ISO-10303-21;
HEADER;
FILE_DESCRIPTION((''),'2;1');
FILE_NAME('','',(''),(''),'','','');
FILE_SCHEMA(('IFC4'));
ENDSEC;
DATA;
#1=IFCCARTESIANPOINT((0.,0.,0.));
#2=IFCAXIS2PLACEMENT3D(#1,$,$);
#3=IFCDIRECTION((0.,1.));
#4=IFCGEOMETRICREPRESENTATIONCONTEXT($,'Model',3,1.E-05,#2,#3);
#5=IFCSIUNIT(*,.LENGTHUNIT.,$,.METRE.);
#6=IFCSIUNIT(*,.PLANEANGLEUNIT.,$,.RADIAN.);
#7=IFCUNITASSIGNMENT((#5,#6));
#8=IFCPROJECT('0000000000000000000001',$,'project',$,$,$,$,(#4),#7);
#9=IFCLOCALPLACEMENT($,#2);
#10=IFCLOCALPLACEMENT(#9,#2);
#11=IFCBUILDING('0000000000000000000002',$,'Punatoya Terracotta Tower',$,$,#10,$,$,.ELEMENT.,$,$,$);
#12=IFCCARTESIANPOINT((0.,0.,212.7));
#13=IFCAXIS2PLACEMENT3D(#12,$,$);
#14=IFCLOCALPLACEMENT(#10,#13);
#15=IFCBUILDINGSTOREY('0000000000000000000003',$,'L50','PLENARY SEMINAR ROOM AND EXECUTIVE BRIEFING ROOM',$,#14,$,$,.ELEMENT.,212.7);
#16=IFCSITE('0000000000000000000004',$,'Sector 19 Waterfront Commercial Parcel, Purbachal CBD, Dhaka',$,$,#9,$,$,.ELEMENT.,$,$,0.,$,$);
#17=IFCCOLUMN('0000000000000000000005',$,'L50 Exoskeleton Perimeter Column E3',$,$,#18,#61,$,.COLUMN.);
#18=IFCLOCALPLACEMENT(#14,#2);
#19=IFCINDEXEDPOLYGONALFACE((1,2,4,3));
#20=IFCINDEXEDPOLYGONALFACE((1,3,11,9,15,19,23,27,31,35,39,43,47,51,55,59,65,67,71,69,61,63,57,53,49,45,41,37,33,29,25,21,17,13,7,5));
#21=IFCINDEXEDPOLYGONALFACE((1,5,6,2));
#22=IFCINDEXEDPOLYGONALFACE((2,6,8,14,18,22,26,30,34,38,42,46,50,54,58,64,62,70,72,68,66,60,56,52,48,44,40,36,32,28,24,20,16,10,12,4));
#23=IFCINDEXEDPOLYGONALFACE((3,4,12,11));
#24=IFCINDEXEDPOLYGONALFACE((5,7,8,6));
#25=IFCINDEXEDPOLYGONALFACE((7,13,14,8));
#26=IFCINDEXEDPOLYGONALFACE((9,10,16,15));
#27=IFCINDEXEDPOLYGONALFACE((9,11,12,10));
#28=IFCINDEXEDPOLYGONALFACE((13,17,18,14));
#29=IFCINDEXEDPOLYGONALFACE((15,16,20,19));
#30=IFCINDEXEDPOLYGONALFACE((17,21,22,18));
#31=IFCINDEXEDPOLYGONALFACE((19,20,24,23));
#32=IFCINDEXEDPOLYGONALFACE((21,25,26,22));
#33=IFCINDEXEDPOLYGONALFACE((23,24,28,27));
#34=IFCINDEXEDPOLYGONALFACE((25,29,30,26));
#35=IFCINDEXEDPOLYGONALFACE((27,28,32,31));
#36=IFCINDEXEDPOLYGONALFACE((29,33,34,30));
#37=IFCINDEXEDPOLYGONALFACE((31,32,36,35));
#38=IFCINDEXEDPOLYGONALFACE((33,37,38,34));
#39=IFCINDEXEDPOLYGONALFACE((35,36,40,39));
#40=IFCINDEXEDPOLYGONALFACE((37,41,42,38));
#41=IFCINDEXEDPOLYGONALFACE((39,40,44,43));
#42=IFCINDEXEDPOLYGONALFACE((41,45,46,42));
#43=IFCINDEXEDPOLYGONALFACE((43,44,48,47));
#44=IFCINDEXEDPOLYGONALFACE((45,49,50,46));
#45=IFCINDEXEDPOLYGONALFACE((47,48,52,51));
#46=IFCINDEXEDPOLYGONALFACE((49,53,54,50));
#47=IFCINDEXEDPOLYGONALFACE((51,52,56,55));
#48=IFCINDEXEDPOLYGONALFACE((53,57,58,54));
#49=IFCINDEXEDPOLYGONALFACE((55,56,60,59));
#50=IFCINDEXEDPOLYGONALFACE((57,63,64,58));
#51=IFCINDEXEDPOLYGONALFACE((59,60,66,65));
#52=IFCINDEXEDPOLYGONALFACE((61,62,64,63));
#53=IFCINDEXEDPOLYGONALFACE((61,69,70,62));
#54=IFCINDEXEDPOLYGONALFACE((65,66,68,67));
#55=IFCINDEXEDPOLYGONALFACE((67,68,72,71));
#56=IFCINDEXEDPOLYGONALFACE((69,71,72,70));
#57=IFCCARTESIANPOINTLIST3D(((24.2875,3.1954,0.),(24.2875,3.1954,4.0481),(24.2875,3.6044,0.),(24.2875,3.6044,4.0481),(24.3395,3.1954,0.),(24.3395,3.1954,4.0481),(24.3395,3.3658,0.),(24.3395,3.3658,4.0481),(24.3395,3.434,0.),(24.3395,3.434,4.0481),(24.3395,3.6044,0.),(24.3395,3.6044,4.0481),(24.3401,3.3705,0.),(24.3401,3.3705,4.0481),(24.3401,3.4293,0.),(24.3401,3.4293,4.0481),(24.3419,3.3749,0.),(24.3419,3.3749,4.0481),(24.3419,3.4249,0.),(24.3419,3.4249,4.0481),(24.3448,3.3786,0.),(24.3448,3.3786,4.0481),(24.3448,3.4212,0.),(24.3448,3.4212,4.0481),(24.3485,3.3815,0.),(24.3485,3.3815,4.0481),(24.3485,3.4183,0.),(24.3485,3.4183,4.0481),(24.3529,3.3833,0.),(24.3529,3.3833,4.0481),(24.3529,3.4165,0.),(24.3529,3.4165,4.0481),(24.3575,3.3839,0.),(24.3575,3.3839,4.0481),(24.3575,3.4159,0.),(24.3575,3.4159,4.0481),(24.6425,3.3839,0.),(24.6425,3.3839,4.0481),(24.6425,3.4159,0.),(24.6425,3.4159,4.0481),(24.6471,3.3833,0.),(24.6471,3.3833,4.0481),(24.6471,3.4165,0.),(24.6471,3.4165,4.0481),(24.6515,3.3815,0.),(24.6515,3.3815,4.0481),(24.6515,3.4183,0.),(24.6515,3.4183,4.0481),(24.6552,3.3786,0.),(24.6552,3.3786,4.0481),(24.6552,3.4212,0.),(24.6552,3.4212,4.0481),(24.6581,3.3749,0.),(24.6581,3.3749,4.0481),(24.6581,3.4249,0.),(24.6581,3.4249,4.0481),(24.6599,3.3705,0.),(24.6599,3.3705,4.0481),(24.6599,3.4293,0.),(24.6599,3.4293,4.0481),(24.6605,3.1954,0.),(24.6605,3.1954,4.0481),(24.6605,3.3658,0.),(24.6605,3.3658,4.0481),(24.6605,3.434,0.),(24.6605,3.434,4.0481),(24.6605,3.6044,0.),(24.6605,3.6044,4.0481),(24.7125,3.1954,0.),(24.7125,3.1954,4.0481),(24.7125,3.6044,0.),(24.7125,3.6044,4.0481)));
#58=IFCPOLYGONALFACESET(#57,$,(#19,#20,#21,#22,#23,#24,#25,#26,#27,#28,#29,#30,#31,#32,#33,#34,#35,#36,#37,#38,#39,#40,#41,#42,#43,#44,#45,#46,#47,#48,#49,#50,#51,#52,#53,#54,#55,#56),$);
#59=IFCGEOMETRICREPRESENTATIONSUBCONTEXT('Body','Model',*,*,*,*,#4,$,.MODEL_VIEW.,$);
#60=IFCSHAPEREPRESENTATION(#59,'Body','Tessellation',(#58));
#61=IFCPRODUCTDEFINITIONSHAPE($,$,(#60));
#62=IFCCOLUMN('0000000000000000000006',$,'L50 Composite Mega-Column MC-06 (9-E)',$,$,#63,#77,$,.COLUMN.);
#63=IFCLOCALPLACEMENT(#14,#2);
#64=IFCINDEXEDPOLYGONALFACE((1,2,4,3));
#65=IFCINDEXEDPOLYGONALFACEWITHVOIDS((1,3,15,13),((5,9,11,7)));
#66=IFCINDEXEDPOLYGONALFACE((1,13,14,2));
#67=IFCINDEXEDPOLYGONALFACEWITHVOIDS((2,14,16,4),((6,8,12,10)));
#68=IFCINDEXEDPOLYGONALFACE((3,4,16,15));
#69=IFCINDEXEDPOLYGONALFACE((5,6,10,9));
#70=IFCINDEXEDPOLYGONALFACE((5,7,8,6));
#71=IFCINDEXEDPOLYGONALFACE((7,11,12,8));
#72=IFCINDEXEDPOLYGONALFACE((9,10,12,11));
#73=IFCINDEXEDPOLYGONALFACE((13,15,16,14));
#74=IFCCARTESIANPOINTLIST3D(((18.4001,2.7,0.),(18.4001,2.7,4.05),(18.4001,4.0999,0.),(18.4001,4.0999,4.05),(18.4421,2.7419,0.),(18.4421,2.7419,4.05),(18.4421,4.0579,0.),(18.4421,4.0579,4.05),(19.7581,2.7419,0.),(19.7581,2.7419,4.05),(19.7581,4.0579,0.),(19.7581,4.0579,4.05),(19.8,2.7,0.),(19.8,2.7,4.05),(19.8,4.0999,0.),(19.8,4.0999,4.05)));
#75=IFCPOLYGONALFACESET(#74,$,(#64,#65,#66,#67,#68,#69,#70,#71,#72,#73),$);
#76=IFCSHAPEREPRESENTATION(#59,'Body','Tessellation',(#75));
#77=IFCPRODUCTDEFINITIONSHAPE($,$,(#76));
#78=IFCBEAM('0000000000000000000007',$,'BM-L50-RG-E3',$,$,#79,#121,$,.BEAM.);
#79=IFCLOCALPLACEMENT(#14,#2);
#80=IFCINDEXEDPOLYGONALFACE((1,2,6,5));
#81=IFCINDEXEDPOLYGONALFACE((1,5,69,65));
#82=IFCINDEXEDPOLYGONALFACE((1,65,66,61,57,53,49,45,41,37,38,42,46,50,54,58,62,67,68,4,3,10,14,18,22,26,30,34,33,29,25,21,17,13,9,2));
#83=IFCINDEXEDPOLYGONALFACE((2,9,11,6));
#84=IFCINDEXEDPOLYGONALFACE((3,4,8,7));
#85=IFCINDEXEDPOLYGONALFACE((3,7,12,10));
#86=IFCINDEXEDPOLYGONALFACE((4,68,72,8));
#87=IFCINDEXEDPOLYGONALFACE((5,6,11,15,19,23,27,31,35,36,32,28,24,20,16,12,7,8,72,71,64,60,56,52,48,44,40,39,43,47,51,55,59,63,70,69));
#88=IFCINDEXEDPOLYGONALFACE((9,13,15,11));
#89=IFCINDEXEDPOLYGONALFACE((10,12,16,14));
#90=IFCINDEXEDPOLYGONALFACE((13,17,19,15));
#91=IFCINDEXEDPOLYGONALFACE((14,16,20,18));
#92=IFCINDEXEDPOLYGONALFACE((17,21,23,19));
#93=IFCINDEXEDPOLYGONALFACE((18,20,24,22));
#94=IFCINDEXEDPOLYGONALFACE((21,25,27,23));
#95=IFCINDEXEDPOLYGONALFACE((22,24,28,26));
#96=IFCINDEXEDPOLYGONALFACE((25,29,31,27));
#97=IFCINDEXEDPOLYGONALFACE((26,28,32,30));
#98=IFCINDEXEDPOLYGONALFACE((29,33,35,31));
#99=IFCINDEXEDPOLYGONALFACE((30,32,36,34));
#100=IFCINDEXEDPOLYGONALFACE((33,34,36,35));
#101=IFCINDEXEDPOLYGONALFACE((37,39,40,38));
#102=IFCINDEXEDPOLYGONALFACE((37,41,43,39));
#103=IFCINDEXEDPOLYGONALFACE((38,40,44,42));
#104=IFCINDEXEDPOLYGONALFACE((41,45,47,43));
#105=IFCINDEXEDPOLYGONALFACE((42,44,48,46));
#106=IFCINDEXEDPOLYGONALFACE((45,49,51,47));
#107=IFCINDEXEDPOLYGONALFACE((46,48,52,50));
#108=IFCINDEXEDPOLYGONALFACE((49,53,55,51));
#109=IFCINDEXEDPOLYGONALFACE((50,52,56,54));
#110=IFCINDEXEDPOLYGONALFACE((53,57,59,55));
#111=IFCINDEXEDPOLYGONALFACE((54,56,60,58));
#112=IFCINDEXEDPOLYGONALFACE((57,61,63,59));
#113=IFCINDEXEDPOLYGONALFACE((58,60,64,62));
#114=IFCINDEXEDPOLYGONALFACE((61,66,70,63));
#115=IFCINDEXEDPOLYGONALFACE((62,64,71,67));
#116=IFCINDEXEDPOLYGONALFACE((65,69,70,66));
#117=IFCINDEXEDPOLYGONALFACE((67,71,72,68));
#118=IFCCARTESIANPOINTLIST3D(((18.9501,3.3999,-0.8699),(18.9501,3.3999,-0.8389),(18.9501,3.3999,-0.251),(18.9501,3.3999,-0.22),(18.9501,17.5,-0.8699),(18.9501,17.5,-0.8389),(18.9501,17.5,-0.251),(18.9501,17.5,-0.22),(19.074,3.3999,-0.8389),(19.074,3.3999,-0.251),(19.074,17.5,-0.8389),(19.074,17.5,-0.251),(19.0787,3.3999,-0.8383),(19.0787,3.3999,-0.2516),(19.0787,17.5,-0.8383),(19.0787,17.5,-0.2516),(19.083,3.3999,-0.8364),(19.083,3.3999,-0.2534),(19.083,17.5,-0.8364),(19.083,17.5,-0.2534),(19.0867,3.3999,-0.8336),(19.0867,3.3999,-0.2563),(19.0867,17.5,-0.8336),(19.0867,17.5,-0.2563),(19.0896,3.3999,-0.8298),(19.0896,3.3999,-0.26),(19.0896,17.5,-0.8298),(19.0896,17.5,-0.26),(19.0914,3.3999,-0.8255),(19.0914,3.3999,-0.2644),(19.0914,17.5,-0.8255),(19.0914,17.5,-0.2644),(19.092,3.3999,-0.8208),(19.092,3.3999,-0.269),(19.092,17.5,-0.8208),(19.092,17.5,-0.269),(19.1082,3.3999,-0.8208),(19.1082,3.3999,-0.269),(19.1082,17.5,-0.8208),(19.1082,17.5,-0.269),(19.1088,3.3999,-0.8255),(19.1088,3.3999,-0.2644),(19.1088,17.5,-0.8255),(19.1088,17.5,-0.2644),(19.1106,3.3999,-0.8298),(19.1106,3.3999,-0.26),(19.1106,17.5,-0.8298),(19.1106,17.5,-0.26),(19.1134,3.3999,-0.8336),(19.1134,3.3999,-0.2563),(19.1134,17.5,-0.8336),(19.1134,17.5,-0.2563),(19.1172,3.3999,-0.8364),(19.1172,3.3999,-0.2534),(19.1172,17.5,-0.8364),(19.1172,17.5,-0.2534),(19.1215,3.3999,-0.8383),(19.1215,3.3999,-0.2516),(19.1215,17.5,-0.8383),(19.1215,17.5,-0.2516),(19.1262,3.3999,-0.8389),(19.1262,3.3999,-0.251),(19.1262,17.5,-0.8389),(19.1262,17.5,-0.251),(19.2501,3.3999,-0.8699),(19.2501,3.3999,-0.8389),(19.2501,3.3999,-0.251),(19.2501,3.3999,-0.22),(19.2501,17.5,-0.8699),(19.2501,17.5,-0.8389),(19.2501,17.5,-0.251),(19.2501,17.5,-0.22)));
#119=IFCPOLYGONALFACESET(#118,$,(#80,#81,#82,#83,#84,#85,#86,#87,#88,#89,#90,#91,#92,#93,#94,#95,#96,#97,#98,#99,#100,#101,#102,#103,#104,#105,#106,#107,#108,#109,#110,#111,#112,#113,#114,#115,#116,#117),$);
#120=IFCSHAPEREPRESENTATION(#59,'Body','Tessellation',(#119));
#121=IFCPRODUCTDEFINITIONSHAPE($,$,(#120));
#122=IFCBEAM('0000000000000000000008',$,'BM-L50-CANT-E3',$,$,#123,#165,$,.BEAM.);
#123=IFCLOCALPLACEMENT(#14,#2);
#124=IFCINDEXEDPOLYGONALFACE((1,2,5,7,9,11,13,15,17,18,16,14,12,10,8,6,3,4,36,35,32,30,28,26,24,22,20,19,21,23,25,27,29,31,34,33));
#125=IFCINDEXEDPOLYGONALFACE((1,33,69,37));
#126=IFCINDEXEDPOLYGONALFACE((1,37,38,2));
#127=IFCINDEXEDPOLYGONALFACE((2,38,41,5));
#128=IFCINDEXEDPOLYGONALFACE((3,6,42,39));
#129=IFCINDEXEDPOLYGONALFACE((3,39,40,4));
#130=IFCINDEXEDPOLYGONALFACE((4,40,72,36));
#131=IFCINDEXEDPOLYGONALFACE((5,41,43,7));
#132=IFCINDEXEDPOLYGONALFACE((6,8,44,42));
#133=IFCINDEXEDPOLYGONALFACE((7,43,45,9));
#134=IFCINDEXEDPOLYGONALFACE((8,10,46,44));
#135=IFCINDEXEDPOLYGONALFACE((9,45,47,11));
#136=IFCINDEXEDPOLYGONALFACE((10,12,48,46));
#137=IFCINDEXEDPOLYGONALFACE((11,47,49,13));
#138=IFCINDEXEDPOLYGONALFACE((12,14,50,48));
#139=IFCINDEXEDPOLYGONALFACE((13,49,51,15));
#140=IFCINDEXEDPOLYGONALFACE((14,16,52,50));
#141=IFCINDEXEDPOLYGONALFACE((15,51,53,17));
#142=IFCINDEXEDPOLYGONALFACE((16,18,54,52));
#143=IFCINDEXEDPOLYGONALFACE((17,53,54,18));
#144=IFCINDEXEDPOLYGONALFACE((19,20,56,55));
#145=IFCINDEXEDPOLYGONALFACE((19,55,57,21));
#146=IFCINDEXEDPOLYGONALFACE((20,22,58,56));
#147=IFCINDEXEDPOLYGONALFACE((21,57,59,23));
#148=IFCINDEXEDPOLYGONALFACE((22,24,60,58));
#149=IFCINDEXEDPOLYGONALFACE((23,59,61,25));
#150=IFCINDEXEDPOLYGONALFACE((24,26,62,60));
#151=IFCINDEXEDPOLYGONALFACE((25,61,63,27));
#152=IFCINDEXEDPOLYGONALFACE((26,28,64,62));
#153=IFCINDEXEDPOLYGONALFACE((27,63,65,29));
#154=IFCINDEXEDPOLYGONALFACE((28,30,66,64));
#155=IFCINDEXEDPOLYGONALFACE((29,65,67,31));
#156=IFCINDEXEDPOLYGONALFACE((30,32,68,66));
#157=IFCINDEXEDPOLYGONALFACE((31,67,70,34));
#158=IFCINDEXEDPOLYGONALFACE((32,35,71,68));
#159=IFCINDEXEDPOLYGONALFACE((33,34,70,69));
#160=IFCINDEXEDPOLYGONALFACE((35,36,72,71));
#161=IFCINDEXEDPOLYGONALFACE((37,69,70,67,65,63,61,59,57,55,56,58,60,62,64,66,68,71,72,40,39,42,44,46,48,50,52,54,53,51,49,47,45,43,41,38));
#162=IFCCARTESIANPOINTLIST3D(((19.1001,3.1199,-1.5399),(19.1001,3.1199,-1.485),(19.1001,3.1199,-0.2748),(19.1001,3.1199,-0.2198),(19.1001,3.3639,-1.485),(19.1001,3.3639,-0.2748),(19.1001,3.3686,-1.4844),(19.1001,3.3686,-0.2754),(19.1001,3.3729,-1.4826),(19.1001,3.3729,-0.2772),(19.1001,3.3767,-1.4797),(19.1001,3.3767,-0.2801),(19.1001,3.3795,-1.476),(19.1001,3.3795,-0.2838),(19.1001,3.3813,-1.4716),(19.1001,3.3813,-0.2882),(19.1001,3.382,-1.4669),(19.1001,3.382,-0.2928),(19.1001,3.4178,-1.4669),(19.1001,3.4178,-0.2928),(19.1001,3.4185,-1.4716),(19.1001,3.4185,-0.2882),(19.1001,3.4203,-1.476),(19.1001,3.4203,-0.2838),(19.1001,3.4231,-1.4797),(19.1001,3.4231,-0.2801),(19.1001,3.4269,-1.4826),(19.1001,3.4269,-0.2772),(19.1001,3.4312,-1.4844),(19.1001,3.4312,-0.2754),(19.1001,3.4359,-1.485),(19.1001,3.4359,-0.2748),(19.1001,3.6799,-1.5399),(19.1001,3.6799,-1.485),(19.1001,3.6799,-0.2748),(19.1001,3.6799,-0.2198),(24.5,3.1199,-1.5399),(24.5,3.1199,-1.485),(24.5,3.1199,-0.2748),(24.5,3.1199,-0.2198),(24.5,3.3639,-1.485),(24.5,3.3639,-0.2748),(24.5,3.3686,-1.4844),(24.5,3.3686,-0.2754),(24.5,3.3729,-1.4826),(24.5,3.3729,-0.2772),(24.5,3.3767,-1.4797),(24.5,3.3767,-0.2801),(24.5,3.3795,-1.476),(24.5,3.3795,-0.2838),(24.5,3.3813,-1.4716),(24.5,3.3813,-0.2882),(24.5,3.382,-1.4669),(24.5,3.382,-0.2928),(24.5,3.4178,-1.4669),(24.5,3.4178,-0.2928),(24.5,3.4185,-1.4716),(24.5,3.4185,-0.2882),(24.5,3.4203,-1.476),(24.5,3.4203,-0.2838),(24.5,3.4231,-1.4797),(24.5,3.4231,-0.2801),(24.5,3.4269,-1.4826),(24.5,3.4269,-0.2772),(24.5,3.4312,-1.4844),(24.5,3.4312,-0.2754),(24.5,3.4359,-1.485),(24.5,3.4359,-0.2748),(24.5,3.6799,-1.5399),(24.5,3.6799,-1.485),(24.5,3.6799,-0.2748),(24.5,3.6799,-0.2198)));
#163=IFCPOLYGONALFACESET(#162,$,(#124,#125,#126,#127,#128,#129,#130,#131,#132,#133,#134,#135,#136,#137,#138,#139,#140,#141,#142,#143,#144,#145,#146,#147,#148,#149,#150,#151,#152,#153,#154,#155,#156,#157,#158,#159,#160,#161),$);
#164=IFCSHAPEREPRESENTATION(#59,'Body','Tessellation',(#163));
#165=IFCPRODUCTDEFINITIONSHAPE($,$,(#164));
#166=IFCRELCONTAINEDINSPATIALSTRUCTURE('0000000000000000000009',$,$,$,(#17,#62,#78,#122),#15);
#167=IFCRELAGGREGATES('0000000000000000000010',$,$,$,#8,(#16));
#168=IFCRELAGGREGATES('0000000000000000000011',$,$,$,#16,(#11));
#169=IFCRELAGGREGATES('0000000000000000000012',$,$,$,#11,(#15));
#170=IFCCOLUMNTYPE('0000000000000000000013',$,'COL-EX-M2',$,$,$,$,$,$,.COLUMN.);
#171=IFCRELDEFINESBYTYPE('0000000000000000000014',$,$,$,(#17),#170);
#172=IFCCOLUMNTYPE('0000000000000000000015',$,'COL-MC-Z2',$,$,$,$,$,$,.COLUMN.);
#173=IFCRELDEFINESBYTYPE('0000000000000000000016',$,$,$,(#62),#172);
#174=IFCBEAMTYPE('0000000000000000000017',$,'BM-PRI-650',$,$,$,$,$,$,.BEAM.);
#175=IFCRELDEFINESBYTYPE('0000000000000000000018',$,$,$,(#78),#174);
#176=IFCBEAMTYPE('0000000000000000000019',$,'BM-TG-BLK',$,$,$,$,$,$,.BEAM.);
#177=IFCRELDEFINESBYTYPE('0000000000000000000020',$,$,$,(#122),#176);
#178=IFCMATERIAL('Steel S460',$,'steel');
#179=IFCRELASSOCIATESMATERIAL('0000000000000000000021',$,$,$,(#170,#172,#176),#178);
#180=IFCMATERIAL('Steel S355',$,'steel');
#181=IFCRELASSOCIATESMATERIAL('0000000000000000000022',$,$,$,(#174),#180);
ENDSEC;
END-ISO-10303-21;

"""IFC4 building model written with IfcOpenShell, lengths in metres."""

from ifc_helpers import new_model, si_unit, direction, frame, origin, origin_2d, place, context, subcontext, project, spatial, hollow_rectangle, i_section, extrude, material, material_profile, profile_set, type_object, element, save


model = new_model("IFC4")

# Units and contexts
model_context = context("Model", 3, precision=1e-05, world=origin(), true_north=direction((0.0, 1.0)))
body_context = subcontext(model_context, "Body", "Model", "MODEL_VIEW")
ifc_project = project(units=[si_unit("LENGTHUNIT", "METRE"), si_unit("PLANEANGLEUNIT", "RADIAN")], contexts=[model_context])

# Site, building, storey
site_placement = place(None, origin())
site = spatial("IfcSite", under=ifc_project, at=site_placement, Name="Sector 19 Waterfront Commercial Parcel, Purbachal CBD, Dhaka", CompositionType="ELEMENT", RefElevation=0.0)
building_placement = place(site_placement, origin())
building = spatial("IfcBuilding", under=site, at=building_placement, Name="Punatoya Terracotta Tower", CompositionType="ELEMENT")
storey_placement = place(building_placement, frame((0.0, 0.0, 212.7)))
storey = spatial("IfcBuildingStorey", under=building, at=storey_placement, Name="L50", Description="PLENARY SEMINAR ROOM AND EXECUTIVE BRIEFING ROOM", CompositionType="ELEMENT", Elevation=212.7)

# Columns
ifc_material_1 = material(Name="Steel S460", Category="steel")
ifc_material_profile_1 = material_profile(ifc_material_1, i_section(OverallWidth=0.4089, OverallDepth=0.425, WebThickness=0.032, FlangeThickness=0.052, FilletRadius=0.0181, at=origin_2d()))
ifc_profile_set_1 = profile_set([ifc_material_profile_1], Name="Steel S460")
column_type_1 = type_object("IfcColumnType", Name="COL-EX-M2", PredefinedType="COLUMN", material=ifc_profile_set_1)
column_1_placement = place(storey_placement, frame((24.5, 3.3999, 0.0), z_axis=(0.0, 0.0, 1.0), x_axis=(0.0, 1.0, 0.0)))
element("IfcColumn", 1, at=column_1_placement, inside=storey, type_object=column_type_1, Name="L50 Exoskeleton Perimeter Column E3", PredefinedType="COLUMN", context=body_context, shape_type="SweptSolid", body=[
    extrude(i_section(OverallWidth=0.4089, OverallDepth=0.425, WebThickness=0.032, FlangeThickness=0.052, FilletRadius=0.0181, at=origin_2d()), origin(), (0.0, 0.0, 1.0), 4.0481),
])
ifc_material_profile_2 = material_profile(ifc_material_1, hollow_rectangle(XDim=1.3999, YDim=1.3999, WallThickness=0.042, at=origin_2d()))
ifc_profile_set_2 = profile_set([ifc_material_profile_2], Name="Steel S460")
column_type_2 = type_object("IfcColumnType", Name="COL-MC-Z2", PredefinedType="COLUMN", material=ifc_profile_set_2)
column_2_placement = place(storey_placement, frame((19.1001, 3.3999, 0.0), z_axis=(0.0, 0.0, 1.0), x_axis=(1.0, 0.0, 0.0)))
element("IfcColumn", 2, at=column_2_placement, inside=storey, type_object=column_type_2, Name="L50 Composite Mega-Column MC-06 (9-E)", PredefinedType="COLUMN", context=body_context, shape_type="SweptSolid", body=[
    extrude(hollow_rectangle(XDim=1.3999, YDim=1.3999, WallThickness=0.042, at=origin_2d()), origin(), (0.0, 0.0, 1.0), 4.05),
])

# Beams
ifc_material_2 = material(Name="Steel S355", Category="steel")
ifc_material_profile_3 = material_profile(ifc_material_2, i_section(OverallWidth=0.3, OverallDepth=0.6499, WebThickness=0.0161, FlangeThickness=0.031, FilletRadius=0.0181, at=origin_2d()))
ifc_profile_set_3 = profile_set([ifc_material_profile_3], Name="Steel S355")
beam_type_1 = type_object("IfcBeamType", Name="BM-PRI-650", PredefinedType="BEAM", material=ifc_profile_set_3)
beam_1_placement = place(storey_placement, frame((19.1001, 3.3999, -0.5449), z_axis=(0.0, 1.0, 0.0), x_axis=(-1.0, 0.0, 0.0)))
element("IfcBeam", 3, at=beam_1_placement, inside=storey, type_object=beam_type_1, Name="BM-L50-RG-E3", PredefinedType="BEAM", context=body_context, shape_type="SweptSolid", body=[
    extrude(i_section(OverallWidth=0.3, OverallDepth=0.6499, WebThickness=0.0161, FlangeThickness=0.031, FilletRadius=0.0181, at=origin_2d()), origin(), (0.0, 0.0, 1.0), 14.1001),
])
ifc_material_profile_4 = material_profile(ifc_material_1, i_section(OverallWidth=0.5601, OverallDepth=1.3201, WebThickness=0.0359, FlangeThickness=0.0549, FilletRadius=0.0181, at=origin_2d()))
ifc_profile_set_4 = profile_set([ifc_material_profile_4], Name="Steel S460")
beam_type_2 = type_object("IfcBeamType", Name="BM-TG-BLK", PredefinedType="BEAM", material=ifc_profile_set_4)
beam_2_placement = place(storey_placement, frame((19.1001, 3.3999, -0.8799), z_axis=(1.0, 0.0, 0.0), x_axis=(0.0, 1.0, 0.0)))
element("IfcBeam", 4, at=beam_2_placement, inside=storey, type_object=beam_type_2, Name="BM-L50-CANT-E3", PredefinedType="BEAM", context=body_context, shape_type="SweptSolid", body=[
    extrude(i_section(OverallWidth=0.5601, OverallDepth=1.3201, WebThickness=0.0359, FlangeThickness=0.0549, FilletRadius=0.0181, at=origin_2d()), origin(), (0.0, 0.0, 1.0), 5.3999),
])

save(model, "model.ifc")
